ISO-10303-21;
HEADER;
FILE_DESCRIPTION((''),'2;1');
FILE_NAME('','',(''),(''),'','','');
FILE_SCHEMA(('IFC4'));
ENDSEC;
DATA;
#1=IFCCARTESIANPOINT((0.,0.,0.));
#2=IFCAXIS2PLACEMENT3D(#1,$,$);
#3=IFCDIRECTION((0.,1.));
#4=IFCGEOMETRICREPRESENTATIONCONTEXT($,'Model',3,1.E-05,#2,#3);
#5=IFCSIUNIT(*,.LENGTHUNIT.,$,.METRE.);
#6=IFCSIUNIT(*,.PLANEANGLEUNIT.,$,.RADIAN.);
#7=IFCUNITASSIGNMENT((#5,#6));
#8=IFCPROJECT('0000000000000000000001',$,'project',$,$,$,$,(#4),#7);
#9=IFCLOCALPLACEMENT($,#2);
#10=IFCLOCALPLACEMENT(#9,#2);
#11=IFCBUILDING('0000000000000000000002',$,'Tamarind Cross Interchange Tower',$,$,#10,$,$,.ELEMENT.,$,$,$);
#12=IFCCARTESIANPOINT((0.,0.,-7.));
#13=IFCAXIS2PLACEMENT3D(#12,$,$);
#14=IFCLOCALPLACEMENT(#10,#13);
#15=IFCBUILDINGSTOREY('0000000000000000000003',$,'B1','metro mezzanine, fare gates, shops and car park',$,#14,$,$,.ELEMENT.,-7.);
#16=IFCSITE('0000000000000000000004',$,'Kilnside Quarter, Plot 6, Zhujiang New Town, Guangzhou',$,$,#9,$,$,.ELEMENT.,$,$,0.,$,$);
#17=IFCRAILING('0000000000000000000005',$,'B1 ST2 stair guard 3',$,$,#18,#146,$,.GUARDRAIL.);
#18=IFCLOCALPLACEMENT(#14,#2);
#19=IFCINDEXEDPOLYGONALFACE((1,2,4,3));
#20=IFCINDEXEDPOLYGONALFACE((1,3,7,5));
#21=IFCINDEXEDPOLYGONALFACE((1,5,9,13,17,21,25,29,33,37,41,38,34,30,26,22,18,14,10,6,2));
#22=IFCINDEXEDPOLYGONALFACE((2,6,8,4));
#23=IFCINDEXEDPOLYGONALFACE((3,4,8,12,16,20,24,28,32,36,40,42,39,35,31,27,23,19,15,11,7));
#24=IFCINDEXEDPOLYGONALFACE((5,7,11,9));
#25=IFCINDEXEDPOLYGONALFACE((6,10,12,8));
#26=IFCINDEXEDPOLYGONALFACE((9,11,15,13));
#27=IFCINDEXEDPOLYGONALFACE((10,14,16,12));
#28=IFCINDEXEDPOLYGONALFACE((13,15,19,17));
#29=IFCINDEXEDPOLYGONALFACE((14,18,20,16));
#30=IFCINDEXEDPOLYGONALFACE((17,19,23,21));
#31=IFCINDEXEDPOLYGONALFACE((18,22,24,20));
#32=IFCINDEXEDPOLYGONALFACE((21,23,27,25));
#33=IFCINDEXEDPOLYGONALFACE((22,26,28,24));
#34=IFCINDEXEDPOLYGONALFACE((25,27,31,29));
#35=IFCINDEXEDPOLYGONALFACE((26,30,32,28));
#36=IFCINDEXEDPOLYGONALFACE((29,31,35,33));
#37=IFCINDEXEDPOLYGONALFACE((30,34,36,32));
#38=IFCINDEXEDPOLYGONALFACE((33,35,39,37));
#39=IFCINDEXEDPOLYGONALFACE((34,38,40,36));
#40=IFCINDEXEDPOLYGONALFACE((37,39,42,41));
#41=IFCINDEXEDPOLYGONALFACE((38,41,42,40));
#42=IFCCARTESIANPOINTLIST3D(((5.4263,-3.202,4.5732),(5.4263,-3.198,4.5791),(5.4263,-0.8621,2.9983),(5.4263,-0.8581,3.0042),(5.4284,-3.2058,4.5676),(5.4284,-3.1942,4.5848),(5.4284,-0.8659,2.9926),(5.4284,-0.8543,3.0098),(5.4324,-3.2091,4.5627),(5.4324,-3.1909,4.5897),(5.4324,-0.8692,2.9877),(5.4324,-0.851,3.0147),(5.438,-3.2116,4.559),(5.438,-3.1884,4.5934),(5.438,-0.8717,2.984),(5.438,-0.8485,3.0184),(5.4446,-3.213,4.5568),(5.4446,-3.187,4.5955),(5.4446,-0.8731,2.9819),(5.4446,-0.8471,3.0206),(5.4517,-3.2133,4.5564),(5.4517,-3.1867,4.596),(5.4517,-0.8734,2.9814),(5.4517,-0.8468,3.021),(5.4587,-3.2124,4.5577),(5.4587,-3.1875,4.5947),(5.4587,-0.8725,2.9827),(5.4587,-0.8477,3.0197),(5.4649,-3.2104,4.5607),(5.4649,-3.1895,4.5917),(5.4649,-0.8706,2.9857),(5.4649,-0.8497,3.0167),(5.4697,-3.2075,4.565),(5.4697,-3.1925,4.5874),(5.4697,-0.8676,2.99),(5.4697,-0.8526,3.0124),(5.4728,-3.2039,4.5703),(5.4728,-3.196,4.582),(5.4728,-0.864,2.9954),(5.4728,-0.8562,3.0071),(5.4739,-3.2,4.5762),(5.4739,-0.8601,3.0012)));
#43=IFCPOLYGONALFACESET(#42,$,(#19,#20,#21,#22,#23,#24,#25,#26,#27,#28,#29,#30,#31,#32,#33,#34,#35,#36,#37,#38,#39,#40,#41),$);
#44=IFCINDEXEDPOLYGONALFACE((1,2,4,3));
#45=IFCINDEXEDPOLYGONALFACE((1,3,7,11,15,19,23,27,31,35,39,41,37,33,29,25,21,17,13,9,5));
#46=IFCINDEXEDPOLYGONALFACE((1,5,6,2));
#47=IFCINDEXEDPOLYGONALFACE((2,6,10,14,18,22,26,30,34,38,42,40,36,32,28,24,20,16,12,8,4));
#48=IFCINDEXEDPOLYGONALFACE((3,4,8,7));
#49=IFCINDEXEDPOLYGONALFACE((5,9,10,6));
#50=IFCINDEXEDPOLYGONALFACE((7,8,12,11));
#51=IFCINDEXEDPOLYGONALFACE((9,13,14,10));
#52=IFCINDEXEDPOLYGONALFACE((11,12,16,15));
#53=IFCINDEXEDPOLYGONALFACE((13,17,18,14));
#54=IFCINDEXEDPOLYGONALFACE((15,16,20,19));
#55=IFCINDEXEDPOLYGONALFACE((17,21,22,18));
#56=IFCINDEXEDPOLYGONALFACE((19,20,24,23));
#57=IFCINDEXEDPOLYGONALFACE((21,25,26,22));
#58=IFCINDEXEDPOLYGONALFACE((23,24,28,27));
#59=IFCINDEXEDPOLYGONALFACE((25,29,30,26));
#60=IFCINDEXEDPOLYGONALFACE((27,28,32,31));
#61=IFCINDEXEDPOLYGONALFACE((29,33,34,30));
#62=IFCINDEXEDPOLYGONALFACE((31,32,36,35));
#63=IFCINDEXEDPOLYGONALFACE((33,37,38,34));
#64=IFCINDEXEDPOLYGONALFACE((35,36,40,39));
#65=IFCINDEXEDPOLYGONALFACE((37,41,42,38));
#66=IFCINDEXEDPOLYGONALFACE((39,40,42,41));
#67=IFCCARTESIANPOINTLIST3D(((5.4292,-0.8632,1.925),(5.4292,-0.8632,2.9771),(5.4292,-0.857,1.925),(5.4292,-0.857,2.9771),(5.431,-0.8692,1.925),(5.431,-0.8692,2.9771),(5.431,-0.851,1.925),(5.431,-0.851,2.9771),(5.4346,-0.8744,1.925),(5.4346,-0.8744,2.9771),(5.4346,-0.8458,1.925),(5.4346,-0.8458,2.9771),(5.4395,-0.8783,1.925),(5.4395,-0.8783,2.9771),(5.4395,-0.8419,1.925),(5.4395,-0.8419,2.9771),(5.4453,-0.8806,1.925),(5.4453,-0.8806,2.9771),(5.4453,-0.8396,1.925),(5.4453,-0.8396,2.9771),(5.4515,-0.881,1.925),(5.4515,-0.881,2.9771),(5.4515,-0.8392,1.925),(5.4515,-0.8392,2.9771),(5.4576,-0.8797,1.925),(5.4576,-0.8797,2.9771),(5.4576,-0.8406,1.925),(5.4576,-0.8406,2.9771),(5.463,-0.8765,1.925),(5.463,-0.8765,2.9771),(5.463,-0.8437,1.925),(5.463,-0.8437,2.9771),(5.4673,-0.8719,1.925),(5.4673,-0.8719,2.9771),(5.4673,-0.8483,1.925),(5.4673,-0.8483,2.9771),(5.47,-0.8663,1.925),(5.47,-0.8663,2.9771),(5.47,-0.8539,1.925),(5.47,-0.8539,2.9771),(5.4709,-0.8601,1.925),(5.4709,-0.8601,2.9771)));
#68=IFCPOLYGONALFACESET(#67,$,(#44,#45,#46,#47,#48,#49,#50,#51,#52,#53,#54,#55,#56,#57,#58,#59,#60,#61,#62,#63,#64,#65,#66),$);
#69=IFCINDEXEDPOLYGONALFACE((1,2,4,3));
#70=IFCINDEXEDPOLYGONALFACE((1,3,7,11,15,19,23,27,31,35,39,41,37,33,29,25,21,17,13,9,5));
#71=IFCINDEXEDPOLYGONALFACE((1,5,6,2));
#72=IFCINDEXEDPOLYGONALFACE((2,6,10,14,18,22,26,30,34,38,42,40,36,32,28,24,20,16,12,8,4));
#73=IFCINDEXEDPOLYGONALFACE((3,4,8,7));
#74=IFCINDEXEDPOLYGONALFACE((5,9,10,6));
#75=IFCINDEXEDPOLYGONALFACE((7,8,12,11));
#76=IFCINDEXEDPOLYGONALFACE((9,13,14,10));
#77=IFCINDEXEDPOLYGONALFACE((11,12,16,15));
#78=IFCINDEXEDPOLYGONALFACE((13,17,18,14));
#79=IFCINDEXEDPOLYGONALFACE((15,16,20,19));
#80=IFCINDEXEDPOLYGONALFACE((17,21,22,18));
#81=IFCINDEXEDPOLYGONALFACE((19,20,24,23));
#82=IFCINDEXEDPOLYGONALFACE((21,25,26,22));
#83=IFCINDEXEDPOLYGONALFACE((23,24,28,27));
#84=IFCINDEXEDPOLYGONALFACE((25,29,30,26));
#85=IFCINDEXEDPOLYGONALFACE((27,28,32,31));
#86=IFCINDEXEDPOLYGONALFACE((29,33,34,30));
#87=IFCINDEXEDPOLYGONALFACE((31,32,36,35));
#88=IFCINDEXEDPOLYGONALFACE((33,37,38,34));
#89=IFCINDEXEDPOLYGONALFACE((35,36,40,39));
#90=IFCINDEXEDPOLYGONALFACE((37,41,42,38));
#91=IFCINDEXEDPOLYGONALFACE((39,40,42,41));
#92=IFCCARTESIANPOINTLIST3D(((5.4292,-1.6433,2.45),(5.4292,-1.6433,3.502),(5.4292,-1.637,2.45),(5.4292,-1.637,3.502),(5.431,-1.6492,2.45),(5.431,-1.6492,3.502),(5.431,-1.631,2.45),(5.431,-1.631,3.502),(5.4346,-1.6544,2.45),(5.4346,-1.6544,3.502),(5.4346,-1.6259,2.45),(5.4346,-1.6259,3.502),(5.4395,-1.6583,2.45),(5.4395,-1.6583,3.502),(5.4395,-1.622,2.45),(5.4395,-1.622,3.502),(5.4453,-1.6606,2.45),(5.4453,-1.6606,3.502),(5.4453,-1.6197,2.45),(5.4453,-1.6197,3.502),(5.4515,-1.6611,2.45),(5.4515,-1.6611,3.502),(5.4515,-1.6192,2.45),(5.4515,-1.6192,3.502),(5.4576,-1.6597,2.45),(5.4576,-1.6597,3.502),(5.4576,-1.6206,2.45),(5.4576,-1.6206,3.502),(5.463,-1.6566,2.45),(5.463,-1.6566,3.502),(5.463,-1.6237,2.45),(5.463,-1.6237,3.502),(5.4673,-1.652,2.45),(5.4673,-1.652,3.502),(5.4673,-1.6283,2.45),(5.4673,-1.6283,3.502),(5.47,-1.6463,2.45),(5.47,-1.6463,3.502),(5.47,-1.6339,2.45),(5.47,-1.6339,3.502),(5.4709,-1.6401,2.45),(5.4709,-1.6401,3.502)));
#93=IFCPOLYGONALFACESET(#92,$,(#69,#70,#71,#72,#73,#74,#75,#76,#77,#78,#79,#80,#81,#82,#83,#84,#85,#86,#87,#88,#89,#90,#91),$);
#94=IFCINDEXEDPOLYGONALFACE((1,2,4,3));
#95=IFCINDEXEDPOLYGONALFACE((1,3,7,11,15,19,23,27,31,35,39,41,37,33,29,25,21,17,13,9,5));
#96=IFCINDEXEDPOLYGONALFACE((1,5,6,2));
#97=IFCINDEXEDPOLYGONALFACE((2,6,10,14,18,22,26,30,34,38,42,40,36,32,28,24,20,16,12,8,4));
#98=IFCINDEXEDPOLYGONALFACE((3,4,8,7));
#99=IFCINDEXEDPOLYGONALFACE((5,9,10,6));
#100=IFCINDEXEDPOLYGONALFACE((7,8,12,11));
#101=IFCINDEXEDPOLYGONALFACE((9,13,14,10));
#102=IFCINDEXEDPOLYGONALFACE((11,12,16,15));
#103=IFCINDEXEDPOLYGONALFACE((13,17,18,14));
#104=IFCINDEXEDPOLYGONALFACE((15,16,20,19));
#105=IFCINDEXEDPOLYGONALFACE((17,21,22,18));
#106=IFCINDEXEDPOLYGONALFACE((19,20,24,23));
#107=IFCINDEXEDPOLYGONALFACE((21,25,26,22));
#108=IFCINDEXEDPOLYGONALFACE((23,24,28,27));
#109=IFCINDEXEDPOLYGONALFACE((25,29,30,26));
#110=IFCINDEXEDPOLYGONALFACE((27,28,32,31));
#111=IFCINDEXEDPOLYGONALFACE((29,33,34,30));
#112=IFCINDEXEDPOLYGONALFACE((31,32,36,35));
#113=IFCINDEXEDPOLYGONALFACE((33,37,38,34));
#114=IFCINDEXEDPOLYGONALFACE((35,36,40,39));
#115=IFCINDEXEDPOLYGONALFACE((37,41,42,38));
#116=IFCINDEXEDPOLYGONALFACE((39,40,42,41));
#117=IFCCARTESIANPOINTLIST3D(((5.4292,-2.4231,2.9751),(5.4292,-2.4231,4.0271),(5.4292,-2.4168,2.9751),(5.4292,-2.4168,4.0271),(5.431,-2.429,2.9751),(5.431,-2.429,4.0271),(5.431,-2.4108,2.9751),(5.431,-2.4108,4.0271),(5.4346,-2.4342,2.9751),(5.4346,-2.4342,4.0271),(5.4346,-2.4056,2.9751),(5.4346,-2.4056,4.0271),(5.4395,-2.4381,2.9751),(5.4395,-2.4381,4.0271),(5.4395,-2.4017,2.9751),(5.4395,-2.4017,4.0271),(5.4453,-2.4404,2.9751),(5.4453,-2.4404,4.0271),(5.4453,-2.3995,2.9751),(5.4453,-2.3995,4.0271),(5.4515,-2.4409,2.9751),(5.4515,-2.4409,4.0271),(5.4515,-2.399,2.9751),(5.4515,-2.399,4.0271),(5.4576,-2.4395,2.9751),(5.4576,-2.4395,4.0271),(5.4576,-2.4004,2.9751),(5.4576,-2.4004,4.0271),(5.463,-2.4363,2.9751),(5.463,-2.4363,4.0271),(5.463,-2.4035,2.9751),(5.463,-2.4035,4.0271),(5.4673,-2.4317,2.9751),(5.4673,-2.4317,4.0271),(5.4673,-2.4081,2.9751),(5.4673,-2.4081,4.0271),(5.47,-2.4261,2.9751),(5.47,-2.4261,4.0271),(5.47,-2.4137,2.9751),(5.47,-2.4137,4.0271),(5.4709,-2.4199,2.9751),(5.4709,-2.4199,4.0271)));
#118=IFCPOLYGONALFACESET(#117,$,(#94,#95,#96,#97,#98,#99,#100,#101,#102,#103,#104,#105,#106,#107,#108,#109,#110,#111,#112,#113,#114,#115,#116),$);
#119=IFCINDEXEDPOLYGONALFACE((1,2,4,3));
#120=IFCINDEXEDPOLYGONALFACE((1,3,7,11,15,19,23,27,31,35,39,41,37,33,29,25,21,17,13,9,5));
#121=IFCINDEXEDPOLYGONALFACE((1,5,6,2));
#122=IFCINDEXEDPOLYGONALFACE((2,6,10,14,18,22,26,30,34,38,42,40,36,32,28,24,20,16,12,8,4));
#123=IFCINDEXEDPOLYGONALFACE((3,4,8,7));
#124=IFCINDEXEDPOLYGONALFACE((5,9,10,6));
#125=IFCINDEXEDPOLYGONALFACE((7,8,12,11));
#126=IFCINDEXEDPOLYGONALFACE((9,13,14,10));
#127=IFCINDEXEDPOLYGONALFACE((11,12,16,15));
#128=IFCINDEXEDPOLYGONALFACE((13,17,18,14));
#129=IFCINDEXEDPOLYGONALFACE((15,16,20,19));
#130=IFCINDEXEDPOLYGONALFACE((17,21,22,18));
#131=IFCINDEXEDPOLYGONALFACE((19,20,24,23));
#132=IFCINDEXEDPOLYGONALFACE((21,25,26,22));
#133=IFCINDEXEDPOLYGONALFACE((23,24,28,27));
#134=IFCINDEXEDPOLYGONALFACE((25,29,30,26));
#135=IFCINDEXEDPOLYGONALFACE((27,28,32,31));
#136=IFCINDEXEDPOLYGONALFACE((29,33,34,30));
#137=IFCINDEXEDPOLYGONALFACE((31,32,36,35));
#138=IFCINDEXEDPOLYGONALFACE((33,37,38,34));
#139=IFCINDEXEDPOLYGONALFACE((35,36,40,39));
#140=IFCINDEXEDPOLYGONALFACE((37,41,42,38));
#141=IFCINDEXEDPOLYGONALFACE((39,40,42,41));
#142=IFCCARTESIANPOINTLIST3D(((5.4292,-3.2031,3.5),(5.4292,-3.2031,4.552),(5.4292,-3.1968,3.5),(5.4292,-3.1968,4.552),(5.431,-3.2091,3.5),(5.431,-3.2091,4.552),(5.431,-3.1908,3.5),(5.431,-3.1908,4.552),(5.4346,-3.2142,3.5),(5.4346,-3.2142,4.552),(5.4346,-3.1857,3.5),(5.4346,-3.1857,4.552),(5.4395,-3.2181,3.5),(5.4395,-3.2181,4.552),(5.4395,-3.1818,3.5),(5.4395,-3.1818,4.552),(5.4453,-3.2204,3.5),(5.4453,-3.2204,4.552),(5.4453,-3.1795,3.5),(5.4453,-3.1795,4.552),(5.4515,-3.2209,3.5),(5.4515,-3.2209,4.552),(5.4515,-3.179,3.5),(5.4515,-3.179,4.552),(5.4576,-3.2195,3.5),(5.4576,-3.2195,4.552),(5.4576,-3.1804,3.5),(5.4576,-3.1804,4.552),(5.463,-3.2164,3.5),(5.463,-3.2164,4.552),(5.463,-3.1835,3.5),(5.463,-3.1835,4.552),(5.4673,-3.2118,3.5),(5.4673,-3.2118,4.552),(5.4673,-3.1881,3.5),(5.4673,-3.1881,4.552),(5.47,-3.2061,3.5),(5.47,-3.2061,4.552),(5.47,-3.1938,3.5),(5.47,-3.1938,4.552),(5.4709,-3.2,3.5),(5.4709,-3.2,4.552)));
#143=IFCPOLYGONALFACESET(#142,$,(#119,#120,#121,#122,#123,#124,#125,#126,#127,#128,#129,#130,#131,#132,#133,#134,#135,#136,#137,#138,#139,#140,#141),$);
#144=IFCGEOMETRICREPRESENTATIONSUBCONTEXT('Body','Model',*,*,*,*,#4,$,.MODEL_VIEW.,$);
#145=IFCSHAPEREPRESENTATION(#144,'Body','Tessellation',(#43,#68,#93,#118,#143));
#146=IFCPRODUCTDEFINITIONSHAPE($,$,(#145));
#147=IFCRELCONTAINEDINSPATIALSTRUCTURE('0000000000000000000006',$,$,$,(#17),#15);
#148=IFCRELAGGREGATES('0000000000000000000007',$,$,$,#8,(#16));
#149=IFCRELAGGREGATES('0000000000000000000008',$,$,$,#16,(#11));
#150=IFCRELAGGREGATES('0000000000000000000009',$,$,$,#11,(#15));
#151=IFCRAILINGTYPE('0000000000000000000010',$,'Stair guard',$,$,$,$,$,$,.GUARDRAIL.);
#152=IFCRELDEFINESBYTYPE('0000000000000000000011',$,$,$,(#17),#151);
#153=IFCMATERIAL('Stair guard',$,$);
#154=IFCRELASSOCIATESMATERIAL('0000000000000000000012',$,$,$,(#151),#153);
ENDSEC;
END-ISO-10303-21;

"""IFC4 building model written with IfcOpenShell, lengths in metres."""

from ifc_helpers import new_model, si_unit, direction, frame, origin, origin_2d, place, context, subcontext, project, spatial, circle, extrude, material, type_object, element, save


model = new_model("IFC4")

# Units and contexts
model_context = context("Model", 3, precision=1e-05, world=origin(), true_north=direction((0.0, 1.0)))
body_context = subcontext(model_context, "Body", "Model", "MODEL_VIEW")
ifc_project = project(units=[si_unit("LENGTHUNIT", "METRE"), si_unit("PLANEANGLEUNIT", "RADIAN")], contexts=[model_context])

# Site, building, storey
site_placement = place(None, origin())
site = spatial("IfcSite", under=ifc_project, at=site_placement, Name="Kilnside Quarter, Plot 6, Zhujiang New Town, Guangzhou", CompositionType="ELEMENT", RefElevation=0.0)
building_placement = place(site_placement, origin())
building = spatial("IfcBuilding", under=site, at=building_placement, Name="Tamarind Cross Interchange Tower", CompositionType="ELEMENT")
storey_placement = place(building_placement, frame((0.0, 0.0, -7.0)))
storey = spatial("IfcBuildingStorey", under=building, at=storey_placement, Name="B1", Description="metro mezzanine, fare gates, shops and car park", CompositionType="ELEMENT", Elevation=-7.0)

# Railing
ifc_material_1 = material(Name="Stair guard")
railing_type_1 = type_object("IfcRailingType", Name="Stair guard", PredefinedType="GUARDRAIL", material=ifc_material_1)
railing_1_placement = place(storey_placement, frame((5.45, -0.8601, 1.925)))
element("IfcRailing", 1, at=railing_1_placement, inside=storey, type_object=railing_type_1, Name="B1 ST2 stair guard 3", PredefinedType="GUARDRAIL", context=body_context, shape_type="SweptSolid", body=[
    extrude(circle(Radius=0.0239, at=origin_2d()), frame((0.0, 0.0, 1.0762), z_axis=(0.0, -0.829578, 0.55839), x_axis=(1.0, 0.0, 0.0)), (0.0, 0.0, 1.0), 2.8206),
    extrude(circle(Radius=0.021, at=origin_2d()), origin(), (0.0, 0.0, 1.0), 1.052),
    extrude(circle(Radius=0.021, at=origin_2d()), frame((0.0, -0.78, 0.5249)), (0.0, 0.0, 1.0), 1.052),
    extrude(circle(Radius=0.021, at=origin_2d()), frame((0.0, -1.5598, 1.05)), (0.0, 0.0, 1.0), 1.052),
    extrude(circle(Radius=0.021, at=origin_2d()), frame((0.0, -2.3398, 1.575)), (0.0, 0.0, 1.0), 1.052),
])

save(model, "model.ifc")
